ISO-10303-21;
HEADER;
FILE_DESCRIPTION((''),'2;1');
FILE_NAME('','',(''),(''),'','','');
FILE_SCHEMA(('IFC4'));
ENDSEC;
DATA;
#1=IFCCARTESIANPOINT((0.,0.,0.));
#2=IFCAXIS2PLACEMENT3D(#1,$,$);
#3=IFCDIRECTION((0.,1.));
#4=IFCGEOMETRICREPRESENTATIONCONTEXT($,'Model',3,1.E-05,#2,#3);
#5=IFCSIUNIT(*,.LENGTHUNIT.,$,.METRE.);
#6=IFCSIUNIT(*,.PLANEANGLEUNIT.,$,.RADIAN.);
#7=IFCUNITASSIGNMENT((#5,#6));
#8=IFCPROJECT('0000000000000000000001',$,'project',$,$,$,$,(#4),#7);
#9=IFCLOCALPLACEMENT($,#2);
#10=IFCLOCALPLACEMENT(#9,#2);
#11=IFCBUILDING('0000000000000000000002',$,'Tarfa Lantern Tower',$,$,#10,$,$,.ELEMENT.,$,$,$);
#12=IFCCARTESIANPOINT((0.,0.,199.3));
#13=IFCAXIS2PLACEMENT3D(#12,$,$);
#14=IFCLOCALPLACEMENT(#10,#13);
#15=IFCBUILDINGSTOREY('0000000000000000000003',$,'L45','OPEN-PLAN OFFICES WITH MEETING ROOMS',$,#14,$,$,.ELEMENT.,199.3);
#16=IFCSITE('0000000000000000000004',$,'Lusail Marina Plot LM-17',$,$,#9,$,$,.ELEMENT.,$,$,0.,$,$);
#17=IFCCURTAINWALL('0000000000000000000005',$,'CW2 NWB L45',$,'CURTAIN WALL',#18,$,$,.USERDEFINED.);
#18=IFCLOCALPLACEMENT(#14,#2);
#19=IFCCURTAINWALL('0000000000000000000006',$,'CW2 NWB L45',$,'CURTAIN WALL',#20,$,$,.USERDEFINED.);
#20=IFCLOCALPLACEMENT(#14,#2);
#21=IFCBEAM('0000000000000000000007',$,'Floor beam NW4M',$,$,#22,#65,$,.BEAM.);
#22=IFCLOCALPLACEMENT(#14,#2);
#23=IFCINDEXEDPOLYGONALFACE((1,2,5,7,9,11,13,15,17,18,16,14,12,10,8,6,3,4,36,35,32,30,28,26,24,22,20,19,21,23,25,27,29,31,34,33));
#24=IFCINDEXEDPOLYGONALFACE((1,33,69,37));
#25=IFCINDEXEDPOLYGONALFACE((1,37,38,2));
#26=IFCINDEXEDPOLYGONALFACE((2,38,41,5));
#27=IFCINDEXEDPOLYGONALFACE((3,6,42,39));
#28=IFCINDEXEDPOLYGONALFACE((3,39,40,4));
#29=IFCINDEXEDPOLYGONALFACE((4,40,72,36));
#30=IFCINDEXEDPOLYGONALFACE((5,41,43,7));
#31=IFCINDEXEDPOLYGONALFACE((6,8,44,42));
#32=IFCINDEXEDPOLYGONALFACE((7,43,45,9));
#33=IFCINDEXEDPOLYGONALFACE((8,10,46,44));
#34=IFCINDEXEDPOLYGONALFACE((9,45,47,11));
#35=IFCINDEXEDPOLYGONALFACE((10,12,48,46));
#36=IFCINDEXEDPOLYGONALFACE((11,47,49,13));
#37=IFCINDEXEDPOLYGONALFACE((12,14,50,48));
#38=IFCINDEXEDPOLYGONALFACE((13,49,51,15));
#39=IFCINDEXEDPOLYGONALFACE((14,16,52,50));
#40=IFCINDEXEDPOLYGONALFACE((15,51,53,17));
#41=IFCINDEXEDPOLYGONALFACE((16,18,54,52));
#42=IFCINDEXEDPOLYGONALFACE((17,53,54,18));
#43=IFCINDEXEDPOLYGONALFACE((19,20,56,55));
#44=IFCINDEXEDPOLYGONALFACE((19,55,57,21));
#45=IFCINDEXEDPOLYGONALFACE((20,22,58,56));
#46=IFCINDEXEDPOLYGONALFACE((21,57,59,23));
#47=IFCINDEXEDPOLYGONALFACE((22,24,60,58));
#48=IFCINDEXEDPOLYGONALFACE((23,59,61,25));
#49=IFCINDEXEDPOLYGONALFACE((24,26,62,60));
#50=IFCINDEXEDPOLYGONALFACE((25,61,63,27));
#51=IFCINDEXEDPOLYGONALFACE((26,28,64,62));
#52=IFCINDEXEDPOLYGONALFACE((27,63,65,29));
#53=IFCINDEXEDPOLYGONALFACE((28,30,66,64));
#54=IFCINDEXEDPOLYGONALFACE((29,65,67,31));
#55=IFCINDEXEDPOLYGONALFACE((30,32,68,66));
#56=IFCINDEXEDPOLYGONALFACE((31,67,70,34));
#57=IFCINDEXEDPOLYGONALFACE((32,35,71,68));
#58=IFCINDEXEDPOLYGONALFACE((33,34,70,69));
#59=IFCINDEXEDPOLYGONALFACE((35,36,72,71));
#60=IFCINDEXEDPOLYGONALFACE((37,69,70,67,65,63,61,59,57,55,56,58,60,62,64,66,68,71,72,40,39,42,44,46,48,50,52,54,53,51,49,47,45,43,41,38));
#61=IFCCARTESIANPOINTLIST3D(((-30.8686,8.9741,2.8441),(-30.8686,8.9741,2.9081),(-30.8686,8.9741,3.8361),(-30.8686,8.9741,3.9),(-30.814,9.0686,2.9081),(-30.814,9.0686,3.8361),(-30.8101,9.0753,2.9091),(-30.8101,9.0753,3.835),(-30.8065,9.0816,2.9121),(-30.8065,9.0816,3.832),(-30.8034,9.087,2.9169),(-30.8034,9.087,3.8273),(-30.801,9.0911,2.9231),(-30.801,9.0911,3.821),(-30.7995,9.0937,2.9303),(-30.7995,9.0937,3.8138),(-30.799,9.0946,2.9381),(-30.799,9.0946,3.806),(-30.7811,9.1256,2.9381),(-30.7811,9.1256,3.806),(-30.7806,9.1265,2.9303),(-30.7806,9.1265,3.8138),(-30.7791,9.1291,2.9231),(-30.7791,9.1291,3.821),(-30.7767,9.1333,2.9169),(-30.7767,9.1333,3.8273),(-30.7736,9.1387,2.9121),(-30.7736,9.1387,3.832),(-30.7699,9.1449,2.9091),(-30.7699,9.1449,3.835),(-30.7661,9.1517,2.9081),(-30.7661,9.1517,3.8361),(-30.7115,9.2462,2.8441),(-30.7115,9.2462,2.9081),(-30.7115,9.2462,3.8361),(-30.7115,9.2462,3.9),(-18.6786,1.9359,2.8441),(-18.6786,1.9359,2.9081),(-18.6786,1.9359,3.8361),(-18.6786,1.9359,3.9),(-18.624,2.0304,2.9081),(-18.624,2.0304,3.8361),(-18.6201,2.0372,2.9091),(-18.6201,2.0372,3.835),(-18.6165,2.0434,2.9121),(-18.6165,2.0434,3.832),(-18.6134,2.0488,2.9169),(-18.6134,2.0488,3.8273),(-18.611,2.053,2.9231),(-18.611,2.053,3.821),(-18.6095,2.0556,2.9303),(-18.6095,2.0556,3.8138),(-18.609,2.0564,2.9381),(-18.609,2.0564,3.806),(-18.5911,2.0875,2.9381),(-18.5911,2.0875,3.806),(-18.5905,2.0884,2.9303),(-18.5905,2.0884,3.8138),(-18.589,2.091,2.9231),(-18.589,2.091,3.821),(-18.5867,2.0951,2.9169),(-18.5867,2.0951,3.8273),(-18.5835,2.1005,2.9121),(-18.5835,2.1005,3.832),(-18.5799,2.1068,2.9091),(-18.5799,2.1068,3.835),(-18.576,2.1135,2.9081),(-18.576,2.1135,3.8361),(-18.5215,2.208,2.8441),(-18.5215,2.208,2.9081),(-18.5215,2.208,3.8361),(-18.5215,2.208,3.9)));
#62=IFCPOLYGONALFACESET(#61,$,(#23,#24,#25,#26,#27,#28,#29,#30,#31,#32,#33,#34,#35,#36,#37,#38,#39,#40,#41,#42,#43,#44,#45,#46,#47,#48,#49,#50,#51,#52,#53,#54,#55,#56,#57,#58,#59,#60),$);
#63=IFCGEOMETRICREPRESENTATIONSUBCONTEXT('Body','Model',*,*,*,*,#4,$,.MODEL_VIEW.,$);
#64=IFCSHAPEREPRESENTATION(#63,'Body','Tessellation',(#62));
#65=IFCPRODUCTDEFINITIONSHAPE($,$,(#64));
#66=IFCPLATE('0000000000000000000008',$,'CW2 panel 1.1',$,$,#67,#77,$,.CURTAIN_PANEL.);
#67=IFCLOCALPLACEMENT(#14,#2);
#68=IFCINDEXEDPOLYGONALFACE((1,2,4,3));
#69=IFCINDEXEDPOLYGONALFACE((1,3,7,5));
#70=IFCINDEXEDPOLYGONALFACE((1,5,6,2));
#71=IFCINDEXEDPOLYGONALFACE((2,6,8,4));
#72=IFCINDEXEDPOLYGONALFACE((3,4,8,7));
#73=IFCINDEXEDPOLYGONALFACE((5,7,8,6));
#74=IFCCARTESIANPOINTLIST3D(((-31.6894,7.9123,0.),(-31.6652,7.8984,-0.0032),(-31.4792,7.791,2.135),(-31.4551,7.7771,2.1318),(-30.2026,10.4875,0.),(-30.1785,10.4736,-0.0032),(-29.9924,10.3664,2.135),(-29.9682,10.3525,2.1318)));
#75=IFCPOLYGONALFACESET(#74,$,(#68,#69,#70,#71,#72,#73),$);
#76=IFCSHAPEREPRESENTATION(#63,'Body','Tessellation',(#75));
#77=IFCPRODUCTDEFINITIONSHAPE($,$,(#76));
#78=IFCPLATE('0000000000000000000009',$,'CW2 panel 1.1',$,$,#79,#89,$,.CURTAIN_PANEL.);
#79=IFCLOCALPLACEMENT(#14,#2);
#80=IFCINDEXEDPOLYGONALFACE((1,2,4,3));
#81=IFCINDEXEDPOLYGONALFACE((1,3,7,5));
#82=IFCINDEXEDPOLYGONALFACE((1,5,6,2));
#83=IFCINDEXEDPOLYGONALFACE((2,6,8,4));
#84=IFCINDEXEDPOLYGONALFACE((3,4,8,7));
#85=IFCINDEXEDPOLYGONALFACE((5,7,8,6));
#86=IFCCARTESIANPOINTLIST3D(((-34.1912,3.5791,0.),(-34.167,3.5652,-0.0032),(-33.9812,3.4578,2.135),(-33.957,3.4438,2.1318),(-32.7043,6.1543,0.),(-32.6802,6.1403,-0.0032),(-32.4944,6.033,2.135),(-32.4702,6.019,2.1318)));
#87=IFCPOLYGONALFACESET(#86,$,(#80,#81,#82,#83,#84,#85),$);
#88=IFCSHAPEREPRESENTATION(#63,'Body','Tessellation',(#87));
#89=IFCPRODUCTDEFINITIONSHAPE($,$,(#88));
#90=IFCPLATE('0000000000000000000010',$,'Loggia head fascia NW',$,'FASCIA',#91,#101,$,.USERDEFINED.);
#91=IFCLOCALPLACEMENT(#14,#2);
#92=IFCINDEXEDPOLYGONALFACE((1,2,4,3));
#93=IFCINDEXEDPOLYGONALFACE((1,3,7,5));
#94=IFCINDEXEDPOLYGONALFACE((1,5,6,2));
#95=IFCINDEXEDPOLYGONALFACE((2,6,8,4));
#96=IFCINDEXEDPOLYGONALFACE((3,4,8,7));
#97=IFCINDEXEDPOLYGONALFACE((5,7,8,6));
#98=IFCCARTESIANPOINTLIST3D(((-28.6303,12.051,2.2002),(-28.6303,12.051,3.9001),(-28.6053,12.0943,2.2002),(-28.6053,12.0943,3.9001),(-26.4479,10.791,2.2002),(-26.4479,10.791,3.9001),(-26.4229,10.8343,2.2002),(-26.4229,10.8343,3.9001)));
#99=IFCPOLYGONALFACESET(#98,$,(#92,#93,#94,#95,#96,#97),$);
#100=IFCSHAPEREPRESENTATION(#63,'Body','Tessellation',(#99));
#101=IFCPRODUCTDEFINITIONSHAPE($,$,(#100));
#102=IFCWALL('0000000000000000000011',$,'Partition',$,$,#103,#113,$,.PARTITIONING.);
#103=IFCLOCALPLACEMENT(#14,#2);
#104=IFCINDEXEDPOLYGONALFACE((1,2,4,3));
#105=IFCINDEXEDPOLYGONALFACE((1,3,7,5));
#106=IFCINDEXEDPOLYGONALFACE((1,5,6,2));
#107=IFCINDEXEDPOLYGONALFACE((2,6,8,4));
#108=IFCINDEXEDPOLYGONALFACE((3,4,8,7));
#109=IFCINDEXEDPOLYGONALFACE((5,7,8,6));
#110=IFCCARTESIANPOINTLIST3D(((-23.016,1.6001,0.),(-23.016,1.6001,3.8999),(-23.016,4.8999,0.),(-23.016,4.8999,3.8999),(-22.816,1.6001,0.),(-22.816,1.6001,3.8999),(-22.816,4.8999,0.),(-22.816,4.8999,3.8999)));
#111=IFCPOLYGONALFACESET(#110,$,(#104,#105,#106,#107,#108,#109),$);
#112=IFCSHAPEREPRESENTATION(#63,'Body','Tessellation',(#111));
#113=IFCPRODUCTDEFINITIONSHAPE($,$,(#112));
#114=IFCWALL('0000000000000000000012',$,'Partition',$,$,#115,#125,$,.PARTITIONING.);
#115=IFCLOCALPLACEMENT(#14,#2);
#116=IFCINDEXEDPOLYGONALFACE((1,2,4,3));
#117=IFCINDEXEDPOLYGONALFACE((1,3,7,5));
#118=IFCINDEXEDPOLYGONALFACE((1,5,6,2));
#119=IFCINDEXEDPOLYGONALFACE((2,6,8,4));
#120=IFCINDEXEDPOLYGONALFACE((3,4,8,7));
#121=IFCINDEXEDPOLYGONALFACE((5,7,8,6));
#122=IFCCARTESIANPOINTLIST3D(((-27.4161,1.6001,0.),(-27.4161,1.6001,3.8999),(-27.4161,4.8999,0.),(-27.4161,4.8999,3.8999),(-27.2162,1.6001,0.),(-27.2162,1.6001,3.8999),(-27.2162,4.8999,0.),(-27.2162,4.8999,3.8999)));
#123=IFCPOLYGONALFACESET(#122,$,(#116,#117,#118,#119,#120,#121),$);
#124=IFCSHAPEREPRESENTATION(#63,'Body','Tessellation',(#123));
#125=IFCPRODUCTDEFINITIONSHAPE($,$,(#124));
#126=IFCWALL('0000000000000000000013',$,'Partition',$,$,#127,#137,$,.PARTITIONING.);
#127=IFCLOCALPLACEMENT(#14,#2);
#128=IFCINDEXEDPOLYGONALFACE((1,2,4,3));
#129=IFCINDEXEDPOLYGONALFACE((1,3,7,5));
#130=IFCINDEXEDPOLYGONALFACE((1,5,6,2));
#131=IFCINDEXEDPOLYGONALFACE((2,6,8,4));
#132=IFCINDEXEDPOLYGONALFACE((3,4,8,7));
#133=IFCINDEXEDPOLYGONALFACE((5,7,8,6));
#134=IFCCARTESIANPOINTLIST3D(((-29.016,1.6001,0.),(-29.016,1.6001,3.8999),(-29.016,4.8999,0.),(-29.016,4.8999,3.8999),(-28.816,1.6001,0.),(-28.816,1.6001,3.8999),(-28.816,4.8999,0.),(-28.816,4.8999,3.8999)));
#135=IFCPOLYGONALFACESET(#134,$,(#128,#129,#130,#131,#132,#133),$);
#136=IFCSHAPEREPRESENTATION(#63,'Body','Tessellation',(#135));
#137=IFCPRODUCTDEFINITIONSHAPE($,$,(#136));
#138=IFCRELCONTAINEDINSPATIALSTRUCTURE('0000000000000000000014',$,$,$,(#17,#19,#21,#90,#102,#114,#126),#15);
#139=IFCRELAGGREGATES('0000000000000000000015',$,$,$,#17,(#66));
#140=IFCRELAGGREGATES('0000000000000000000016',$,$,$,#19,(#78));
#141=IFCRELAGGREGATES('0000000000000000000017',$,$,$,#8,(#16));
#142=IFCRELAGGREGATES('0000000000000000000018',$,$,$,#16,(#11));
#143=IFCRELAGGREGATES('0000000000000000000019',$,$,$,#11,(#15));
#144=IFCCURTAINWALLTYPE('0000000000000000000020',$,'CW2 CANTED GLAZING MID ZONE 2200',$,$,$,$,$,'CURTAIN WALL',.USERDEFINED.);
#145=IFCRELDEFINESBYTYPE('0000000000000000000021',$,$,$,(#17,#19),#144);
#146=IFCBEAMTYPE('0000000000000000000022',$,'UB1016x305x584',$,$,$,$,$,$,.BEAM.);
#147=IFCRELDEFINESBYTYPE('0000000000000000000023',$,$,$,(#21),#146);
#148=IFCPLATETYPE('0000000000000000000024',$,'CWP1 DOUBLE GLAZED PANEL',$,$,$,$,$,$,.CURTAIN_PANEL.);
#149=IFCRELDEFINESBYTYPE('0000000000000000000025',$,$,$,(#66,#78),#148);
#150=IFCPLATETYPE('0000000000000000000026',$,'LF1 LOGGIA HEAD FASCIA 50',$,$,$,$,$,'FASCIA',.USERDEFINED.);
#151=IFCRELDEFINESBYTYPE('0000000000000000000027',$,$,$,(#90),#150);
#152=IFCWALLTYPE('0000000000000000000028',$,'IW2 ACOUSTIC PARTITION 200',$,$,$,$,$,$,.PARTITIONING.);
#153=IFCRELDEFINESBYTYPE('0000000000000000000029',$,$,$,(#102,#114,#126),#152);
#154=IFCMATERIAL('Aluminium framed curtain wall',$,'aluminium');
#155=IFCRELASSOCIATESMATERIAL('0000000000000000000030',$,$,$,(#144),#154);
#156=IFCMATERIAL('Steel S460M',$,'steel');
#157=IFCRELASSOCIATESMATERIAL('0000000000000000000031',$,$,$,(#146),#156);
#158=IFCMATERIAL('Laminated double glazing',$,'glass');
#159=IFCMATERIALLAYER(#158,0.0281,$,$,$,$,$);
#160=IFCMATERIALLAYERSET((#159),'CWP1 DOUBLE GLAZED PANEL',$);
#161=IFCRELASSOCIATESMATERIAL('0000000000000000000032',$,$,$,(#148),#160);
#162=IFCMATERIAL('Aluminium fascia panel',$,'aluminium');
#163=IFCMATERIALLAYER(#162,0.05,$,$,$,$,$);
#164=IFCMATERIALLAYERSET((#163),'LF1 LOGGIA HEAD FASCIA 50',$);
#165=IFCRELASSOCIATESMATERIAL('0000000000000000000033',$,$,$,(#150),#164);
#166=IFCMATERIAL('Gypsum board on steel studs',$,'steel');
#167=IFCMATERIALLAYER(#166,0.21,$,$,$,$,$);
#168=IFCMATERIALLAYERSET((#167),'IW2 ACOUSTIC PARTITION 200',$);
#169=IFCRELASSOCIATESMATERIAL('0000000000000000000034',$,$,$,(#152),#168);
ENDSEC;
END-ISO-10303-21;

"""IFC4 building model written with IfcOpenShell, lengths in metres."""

from ifc_helpers import new_model, si_unit, direction, frame, frame_2d, origin, origin_2d, place, context, subcontext, project, spatial, polyline, rectangle, i_section, outline, extrude, material, layer, layer_set, material_profile, profile_set, type_object, element, aggregate, save


model = new_model("IFC4")

# Units and contexts
model_context = context("Model", 3, precision=1e-05, world=origin(), true_north=direction((0.0, 1.0)))
body_context = subcontext(model_context, "Body", "Model", "MODEL_VIEW")
ifc_project = project(units=[si_unit("LENGTHUNIT", "METRE"), si_unit("PLANEANGLEUNIT", "RADIAN")], contexts=[model_context])

# Site, building, storey
site_placement = place(None, origin())
site = spatial("IfcSite", under=ifc_project, at=site_placement, Name="Lusail Marina Plot LM-17", CompositionType="ELEMENT", RefElevation=0.0)
building_placement = place(site_placement, origin())
building = spatial("IfcBuilding", under=site, at=building_placement, Name="Tarfa Lantern Tower", CompositionType="ELEMENT")
storey_placement = place(building_placement, frame((0.0, 0.0, 199.3)))
storey = spatial("IfcBuildingStorey", under=building, at=storey_placement, Name="L45", Description="OPEN-PLAN OFFICES WITH MEETING ROOMS", CompositionType="ELEMENT", Elevation=199.3)

# Curtain walls
ifc_material_1 = material(Name="Aluminium framed curtain wall", Category="aluminium")
curtain_wall_type_1 = type_object("IfcCurtainWallType", Name="CW2 CANTED GLAZING MID ZONE 2200", ElementType="CURTAIN WALL", PredefinedType="USERDEFINED", material=ifc_material_1)
curtain_wall_1_placement = place(storey_placement, origin())
curtain_wall_1 = element("IfcCurtainWall", 1, at=curtain_wall_1_placement, inside=storey, type_object=curtain_wall_type_1, Name="CW2 NWB L45", ObjectType="CURTAIN WALL", PredefinedType="USERDEFINED")
curtain_wall_2_placement = place(storey_placement, origin())
curtain_wall_2 = element("IfcCurtainWall", 2, at=curtain_wall_2_placement, inside=storey, type_object=curtain_wall_type_1, Name="CW2 NWB L45", ObjectType="CURTAIN WALL", PredefinedType="USERDEFINED")

# Beam
ifc_material_2 = material(Name="Steel S460M", Category="steel")
ifc_material_profile_1 = material_profile(ifc_material_2, i_section(OverallWidth=0.3142, OverallDepth=1.0559, WebThickness=0.0359, FlangeThickness=0.064, FilletRadius=0.03, at=origin_2d()), Name="UB1016x305x584")
ifc_profile_set_1 = profile_set([ifc_material_profile_1], Name="Steel S460M")
beam_type_1 = type_object("IfcBeamType", Name="UB1016x305x584", PredefinedType="BEAM", material=ifc_profile_set_1)
beam_1_placement = place(storey_placement, frame((-30.79, 9.1101, 3.3721), z_axis=(0.866019, -0.500012, 0.0), x_axis=(0.500012, 0.866019, 0.0)))
element("IfcBeam", 3, at=beam_1_placement, inside=storey, type_object=beam_type_1, Name="Floor beam NW4M", PredefinedType="BEAM", context=body_context, shape_type="SweptSolid", body=[
    extrude(i_section(OverallWidth=0.3142, OverallDepth=1.0559, WebThickness=0.0359, FlangeThickness=0.064, FilletRadius=0.03, at=origin_2d()), origin(), (0.0, 0.0, 1.0), 14.0759),
])

# Plates
ifc_material_3 = material(Name="Laminated double glazing", Category="glass")
ifc_layer_1 = layer(ifc_material_3, 0.0281)
ifc_layer_set_1 = layer_set([ifc_layer_1], Name="CWP1 DOUBLE GLAZED PANEL")
plate_type_1 = type_object("IfcPlateType", Name="CWP1 DOUBLE GLAZED PANEL", PredefinedType="CURTAIN_PANEL", material=ifc_layer_set_1)
plate_1_placement = place(storey_placement, frame((-30.2026, 10.4875, 0.0), z_axis=(-0.860492, 0.496791, 0.112926), x_axis=(-0.499989, -0.866032, -0.000002)))
plate_1 = element("IfcPlate", 4, at=plate_1_placement, type_object=plate_type_1, Name="CW2 panel 1.1", PredefinedType="CURTAIN_PANEL", context=body_context, shape_type="SweptSolid", body=[
    extrude(outline(polyline([(0.0, 0.0), (2.9736, 0.0), (2.9736, 2.1488), (-0.0002, 2.1487), (0.0, 0.0)])), origin(), (0.0, 0.0, -1.0), 0.0281),
])
aggregate(curtain_wall_1, [plate_1])
plate_2_placement = place(storey_placement, frame((-32.7043, 6.1543, 0.0), z_axis=(-0.860489, 0.496812, 0.112857), x_axis=(-0.500007, -0.866022, 0.0)))
plate_2 = element("IfcPlate", 5, at=plate_2_placement, type_object=plate_type_1, Name="CW2 panel 1.1", PredefinedType="CURTAIN_PANEL", context=body_context, shape_type="SweptSolid", body=[
    extrude(outline(polyline([(0.0, 0.0), (2.9736, 0.0), (2.9737, 2.1487), (0.0001, 2.1487), (0.0, 0.0)])), origin(), (0.0, 0.0, -1.0), 0.0281),
])
aggregate(curtain_wall_2, [plate_2])
ifc_material_4 = material(Name="Aluminium fascia panel", Category="aluminium")
ifc_layer_2 = layer(ifc_material_4, 0.05)
ifc_layer_set_2 = layer_set([ifc_layer_2], Name="LF1 LOGGIA HEAD FASCIA 50")
plate_type_2 = type_object("IfcPlateType", Name="LF1 LOGGIA HEAD FASCIA 50", ElementType="FASCIA", PredefinedType="USERDEFINED", material=ifc_layer_set_2)
plate_3_placement = place(storey_placement, frame((-27.5266, 11.4426, 2.2002), z_axis=(0.0, 0.0, 1.0), x_axis=(0.866025, -0.5, 0.0)))
element("IfcPlate", 6, at=plate_3_placement, inside=storey, type_object=plate_type_2, Name="Loggia head fascia NW", ObjectType="FASCIA", PredefinedType="USERDEFINED", context=body_context, shape_type="SweptSolid", body=[
    extrude(rectangle(XDim=2.52, YDim=0.05, at=origin_2d()), origin(), (0.0, 0.0, 1.0), 1.7),
])

# Walls
ifc_material_5 = material(Name="Gypsum board on steel studs", Category="steel")
ifc_layer_3 = layer(ifc_material_5, 0.21)
ifc_layer_set_3 = layer_set([ifc_layer_3], Name="IW2 ACOUSTIC PARTITION 200")
wall_type = type_object("IfcWallType", Name="IW2 ACOUSTIC PARTITION 200", PredefinedType="PARTITIONING", material=ifc_layer_set_3)
for number, where, z_axis, x_axis, name in (
    (7, (-22.916, 4.8999, 0.0), (0.0, 0.0, 1.0), (0.0, -1.0, 0.0), "Partition"),
    (8, (-27.3162, 4.8999, 0.0), (0.0, 0.0, 1.0), (0.0, -1.0, 0.0), "Partition"),
    (9, (-28.916, 4.8999, 0.0), (0.0, 0.0, 1.0), (0.0, -1.0, 0.0), "Partition"),
):
    element("IfcWall", number, at=place(storey_placement, frame(where, z_axis=z_axis, x_axis=x_axis)), inside=storey, type_object=wall_type, Name=name, PredefinedType="PARTITIONING", context=body_context, shape_type="SweptSolid", body=[
        extrude(rectangle(XDim=3.2998, YDim=0.2, at=frame_2d((1.6499, 0.0))), origin(), (0.0, 0.0, 1.0), 3.8999),
    ])

save(model, "model.ifc")
